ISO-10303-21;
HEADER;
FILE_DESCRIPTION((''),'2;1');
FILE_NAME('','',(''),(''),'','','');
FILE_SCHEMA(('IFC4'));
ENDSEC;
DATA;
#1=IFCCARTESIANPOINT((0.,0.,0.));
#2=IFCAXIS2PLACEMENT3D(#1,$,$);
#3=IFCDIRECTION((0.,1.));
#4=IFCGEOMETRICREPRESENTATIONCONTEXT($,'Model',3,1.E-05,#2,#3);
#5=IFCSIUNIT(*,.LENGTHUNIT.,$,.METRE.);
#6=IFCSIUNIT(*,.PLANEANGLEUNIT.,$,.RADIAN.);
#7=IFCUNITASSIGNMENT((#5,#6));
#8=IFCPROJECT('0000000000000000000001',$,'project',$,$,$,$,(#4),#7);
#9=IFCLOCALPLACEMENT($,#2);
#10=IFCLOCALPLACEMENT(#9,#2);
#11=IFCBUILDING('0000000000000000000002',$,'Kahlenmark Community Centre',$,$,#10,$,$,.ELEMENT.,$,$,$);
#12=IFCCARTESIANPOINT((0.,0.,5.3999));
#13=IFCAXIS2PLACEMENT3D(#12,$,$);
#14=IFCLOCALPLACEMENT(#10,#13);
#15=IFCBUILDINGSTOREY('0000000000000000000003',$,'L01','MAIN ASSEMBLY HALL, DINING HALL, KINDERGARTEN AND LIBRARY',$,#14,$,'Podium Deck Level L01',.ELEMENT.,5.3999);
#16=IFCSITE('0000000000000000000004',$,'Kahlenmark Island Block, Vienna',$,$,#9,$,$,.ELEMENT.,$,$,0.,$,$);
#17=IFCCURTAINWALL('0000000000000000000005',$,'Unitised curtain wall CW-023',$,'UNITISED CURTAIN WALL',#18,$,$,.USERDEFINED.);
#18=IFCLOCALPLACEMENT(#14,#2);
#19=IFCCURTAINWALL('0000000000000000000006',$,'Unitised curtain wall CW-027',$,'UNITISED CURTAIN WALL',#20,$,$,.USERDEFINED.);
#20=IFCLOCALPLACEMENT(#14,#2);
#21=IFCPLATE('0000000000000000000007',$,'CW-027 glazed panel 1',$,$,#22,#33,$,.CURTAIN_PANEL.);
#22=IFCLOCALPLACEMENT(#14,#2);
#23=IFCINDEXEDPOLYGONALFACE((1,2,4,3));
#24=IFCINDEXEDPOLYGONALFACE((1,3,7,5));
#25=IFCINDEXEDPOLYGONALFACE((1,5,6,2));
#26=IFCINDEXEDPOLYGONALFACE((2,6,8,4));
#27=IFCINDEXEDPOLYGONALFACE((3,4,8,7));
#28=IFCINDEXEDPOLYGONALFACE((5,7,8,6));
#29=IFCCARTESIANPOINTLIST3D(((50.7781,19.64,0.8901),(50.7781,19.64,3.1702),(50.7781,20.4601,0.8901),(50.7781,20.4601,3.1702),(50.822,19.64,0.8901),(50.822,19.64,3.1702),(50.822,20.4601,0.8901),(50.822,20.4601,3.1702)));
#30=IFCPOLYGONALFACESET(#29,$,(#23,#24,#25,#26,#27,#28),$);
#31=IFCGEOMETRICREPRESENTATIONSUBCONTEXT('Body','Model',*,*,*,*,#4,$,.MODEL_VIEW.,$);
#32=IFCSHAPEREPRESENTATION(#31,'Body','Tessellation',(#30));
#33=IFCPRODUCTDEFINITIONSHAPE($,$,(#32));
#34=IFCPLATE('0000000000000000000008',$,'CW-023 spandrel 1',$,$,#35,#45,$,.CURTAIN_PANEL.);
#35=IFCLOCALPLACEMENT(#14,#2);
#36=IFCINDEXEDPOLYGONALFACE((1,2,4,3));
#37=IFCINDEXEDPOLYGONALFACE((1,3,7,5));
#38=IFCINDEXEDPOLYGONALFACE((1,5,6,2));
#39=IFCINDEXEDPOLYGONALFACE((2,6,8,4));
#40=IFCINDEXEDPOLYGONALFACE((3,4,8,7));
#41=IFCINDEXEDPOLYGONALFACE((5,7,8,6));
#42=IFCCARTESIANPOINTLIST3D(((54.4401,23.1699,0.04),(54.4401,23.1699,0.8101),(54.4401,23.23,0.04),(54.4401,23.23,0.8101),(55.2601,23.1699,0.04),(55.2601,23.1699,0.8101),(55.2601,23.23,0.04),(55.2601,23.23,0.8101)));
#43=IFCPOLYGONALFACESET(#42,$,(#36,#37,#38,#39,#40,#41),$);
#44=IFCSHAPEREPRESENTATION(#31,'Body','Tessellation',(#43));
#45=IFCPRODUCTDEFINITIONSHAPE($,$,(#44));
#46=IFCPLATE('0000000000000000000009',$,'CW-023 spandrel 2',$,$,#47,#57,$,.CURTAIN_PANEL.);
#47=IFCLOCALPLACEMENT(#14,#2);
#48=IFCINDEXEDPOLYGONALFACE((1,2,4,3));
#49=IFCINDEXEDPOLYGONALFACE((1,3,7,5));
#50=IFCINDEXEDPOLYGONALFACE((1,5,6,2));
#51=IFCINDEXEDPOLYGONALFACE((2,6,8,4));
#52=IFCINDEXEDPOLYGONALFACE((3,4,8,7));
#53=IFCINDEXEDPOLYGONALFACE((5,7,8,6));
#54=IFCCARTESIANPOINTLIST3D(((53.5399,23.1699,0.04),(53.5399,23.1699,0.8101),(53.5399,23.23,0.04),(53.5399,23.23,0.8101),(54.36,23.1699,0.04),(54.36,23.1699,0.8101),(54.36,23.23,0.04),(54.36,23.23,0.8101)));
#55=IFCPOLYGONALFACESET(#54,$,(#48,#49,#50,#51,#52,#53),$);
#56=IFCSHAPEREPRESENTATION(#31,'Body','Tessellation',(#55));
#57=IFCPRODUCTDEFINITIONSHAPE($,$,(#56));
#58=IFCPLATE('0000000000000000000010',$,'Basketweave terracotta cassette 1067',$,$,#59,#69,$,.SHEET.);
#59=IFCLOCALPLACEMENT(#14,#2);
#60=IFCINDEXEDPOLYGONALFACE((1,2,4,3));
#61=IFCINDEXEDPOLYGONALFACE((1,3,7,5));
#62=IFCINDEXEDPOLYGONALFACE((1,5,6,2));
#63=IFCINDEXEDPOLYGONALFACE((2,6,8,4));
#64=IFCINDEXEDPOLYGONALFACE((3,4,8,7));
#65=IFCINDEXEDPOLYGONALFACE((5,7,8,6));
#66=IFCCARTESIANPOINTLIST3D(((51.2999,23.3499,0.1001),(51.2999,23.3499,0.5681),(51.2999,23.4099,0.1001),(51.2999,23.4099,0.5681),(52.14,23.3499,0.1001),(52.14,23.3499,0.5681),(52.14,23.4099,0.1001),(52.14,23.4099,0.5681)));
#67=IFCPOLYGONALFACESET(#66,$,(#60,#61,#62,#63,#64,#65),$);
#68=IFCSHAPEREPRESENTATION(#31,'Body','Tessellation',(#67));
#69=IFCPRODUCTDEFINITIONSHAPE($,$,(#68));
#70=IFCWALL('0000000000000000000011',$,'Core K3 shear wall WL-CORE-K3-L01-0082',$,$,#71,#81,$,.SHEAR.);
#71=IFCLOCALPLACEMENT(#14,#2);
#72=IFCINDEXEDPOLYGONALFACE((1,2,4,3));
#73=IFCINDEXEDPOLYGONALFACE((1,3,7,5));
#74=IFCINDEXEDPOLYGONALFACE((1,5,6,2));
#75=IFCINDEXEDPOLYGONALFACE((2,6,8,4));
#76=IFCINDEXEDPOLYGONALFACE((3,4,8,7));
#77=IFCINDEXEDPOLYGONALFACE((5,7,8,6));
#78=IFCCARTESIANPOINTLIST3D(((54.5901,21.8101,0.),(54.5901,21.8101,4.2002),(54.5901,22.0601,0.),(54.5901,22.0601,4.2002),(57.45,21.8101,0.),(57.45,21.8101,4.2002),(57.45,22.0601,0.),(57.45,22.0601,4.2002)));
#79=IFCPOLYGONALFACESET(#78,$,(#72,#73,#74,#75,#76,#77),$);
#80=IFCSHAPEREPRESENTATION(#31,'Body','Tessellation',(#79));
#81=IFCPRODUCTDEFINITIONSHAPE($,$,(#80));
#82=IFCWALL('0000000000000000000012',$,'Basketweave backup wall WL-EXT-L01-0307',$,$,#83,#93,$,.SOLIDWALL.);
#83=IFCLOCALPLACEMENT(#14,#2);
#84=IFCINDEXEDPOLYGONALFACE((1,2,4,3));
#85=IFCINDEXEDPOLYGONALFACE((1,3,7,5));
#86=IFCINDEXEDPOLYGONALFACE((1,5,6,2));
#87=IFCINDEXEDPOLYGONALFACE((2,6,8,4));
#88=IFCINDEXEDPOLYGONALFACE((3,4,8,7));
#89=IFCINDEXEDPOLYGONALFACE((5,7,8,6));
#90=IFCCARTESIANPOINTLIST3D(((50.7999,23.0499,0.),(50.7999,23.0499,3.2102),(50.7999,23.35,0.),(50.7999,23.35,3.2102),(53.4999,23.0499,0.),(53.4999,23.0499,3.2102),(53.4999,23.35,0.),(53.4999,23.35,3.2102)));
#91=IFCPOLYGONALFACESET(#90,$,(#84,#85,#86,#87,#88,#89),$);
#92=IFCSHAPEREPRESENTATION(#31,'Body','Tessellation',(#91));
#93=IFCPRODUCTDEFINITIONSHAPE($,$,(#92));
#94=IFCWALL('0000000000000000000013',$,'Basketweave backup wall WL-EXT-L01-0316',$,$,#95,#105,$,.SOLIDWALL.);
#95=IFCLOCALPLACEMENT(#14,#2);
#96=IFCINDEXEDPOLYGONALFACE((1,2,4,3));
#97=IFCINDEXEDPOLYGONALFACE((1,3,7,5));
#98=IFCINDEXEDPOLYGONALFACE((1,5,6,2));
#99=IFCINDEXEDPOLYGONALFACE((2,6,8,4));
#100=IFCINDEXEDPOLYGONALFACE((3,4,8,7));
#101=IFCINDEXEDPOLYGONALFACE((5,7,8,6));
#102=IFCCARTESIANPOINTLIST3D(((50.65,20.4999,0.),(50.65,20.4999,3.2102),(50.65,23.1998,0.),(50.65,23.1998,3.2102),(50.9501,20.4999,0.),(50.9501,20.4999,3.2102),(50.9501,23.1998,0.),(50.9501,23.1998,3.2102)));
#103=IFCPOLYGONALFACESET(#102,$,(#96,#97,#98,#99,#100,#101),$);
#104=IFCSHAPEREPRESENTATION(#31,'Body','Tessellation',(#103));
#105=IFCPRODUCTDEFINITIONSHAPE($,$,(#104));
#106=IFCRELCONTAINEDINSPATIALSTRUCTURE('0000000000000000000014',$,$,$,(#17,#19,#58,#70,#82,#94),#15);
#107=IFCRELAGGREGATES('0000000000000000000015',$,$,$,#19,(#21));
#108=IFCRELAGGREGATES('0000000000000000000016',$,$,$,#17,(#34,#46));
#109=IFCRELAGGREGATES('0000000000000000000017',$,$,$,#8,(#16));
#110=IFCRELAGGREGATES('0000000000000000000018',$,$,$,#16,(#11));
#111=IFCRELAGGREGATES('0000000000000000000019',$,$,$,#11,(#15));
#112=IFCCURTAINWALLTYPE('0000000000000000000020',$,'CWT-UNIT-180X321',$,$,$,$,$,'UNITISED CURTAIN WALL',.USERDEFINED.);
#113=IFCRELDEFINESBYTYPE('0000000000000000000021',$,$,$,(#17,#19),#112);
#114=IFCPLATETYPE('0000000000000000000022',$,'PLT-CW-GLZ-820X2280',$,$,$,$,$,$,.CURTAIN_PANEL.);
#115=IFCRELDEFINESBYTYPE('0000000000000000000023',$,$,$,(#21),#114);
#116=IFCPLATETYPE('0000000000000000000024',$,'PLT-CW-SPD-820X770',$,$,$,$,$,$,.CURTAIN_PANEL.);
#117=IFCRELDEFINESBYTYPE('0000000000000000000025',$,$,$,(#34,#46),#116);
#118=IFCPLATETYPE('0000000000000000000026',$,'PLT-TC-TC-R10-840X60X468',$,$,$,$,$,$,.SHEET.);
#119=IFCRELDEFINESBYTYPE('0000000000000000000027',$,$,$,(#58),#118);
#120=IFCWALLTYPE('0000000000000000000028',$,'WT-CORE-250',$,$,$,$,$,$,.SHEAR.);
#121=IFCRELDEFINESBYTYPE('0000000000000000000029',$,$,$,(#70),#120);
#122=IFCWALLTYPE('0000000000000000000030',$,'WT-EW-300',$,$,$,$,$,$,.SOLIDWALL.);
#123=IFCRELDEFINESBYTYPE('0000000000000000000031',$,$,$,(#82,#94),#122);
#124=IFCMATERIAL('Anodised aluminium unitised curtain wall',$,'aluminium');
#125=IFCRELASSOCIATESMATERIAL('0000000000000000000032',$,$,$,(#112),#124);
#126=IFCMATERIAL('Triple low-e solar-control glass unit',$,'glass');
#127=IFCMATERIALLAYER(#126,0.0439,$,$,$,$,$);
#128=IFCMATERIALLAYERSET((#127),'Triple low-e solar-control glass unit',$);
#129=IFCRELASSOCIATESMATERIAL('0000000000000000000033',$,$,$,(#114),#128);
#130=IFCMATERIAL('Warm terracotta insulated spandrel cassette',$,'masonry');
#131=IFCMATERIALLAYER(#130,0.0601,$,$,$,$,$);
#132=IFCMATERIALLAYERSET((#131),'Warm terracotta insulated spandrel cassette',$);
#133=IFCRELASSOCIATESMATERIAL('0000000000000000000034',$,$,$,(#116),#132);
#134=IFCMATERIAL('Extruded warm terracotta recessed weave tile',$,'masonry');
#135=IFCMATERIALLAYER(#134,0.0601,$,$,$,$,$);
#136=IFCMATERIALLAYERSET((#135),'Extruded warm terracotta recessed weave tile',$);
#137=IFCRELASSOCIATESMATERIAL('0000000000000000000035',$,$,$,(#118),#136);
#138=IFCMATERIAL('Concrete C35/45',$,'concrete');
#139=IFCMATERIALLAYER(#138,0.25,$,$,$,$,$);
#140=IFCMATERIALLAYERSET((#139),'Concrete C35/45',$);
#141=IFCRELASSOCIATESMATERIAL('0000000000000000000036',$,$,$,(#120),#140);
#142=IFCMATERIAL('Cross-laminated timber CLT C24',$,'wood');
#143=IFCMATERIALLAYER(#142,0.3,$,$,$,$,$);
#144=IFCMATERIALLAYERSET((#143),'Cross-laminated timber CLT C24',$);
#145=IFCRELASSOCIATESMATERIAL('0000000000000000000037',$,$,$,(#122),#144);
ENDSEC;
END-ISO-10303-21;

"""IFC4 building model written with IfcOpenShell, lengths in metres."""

from ifc_helpers import new_model, si_unit, direction, frame, frame_2d, origin, origin_2d, place, context, subcontext, project, spatial, rectangle, extrude, material, layer, layer_set, type_object, element, aggregate, save


model = new_model("IFC4")

# Units and contexts
model_context = context("Model", 3, precision=1e-05, world=origin(), true_north=direction((0.0, 1.0)))
body_context = subcontext(model_context, "Body", "Model", "MODEL_VIEW")
ifc_project = project(units=[si_unit("LENGTHUNIT", "METRE"), si_unit("PLANEANGLEUNIT", "RADIAN")], contexts=[model_context])

# Site, building, storey
site_placement = place(None, origin())
site = spatial("IfcSite", under=ifc_project, at=site_placement, Name="Kahlenmark Island Block, Vienna", CompositionType="ELEMENT", RefElevation=0.0)
building_placement = place(site_placement, origin())
building = spatial("IfcBuilding", under=site, at=building_placement, Name="Kahlenmark Community Centre", CompositionType="ELEMENT")
storey_placement = place(building_placement, frame((0.0, 0.0, 5.3999)))
storey = spatial("IfcBuildingStorey", under=building, at=storey_placement, Name="L01", Description="MAIN ASSEMBLY HALL, DINING HALL, KINDERGARTEN AND LIBRARY", LongName="Podium Deck Level L01", CompositionType="ELEMENT", Elevation=5.3999)

# Shared definitions
ifc_material_1 = material(Name="Concrete C35/45", Category="concrete")

# Curtain wall
ifc_material_2 = material(Name="Anodised aluminium unitised curtain wall", Category="aluminium")
curtain_wall_type = type_object("IfcCurtainWallType", Name="CWT-UNIT-180X321", ElementType="UNITISED CURTAIN WALL", PredefinedType="USERDEFINED", material=ifc_material_2)
curtain_wall_1_placement = place(storey_placement, origin())
curtain_wall_1 = element("IfcCurtainWall", 1, at=curtain_wall_1_placement, inside=storey, type_object=curtain_wall_type, Name="Unitised curtain wall CW-023", ObjectType="UNITISED CURTAIN WALL", PredefinedType="USERDEFINED")

# Curtain wall
curtain_wall_2_placement = place(storey_placement, origin())
curtain_wall_2 = element("IfcCurtainWall", 2, at=curtain_wall_2_placement, inside=storey, type_object=curtain_wall_type, Name="Unitised curtain wall CW-027", ObjectType="UNITISED CURTAIN WALL", PredefinedType="USERDEFINED")

# Plates
ifc_material_3 = material(Name="Triple low-e solar-control glass unit", Category="glass")
ifc_layer_1 = layer(ifc_material_3, 0.0439)
ifc_layer_set_1 = layer_set([ifc_layer_1], Name="Triple low-e solar-control glass unit")
plate_type_1 = type_object("IfcPlateType", Name="PLT-CW-GLZ-820X2280", PredefinedType="CURTAIN_PANEL", material=ifc_layer_set_1)
plate_1_placement = place(storey_placement, frame((50.8, 20.05, 0.8901), z_axis=(0.0, 0.0, 1.0), x_axis=(0.0, -1.0, 0.0)))
plate_1 = element("IfcPlate", 3, at=plate_1_placement, type_object=plate_type_1, Name="CW-027 glazed panel 1", PredefinedType="CURTAIN_PANEL", context=body_context, shape_type="SweptSolid", body=[
    extrude(rectangle(XDim=0.8201, YDim=0.0439, at=origin_2d()), origin(), (0.0, 0.0, 1.0), 2.28),
])
aggregate(curtain_wall_2, [plate_1])
ifc_material_4 = material(Name="Warm terracotta insulated spandrel cassette", Category="masonry")
ifc_layer_2 = layer(ifc_material_4, 0.0601)
ifc_layer_set_2 = layer_set([ifc_layer_2], Name="Warm terracotta insulated spandrel cassette")
plate_type_2 = type_object("IfcPlateType", Name="PLT-CW-SPD-820X770", PredefinedType="CURTAIN_PANEL", material=ifc_layer_set_2)
plate_2_placement = place(storey_placement, frame((54.8501, 23.2, 0.04), z_axis=(0.0, 0.0, 1.0), x_axis=(-1.0, 0.0, 0.0)))
plate_2 = element("IfcPlate", 4, at=plate_2_placement, type_object=plate_type_2, Name="CW-023 spandrel 1", PredefinedType="CURTAIN_PANEL", context=body_context, shape_type="SweptSolid", body=[
    extrude(rectangle(XDim=0.8201, YDim=0.0601, at=origin_2d()), origin(), (0.0, 0.0, 1.0), 0.77),
])
plate_3_placement = place(storey_placement, frame((53.95, 23.2, 0.04), z_axis=(0.0, 0.0, 1.0), x_axis=(-1.0, 0.0, 0.0)))
plate_3 = element("IfcPlate", 5, at=plate_3_placement, type_object=plate_type_2, Name="CW-023 spandrel 2", PredefinedType="CURTAIN_PANEL", context=body_context, shape_type="SweptSolid", body=[
    extrude(rectangle(XDim=0.8201, YDim=0.0601, at=origin_2d()), origin(), (0.0, 0.0, 1.0), 0.77),
])
aggregate(curtain_wall_1, [plate_2, plate_3])
ifc_material_5 = material(Name="Extruded warm terracotta recessed weave tile", Category="masonry")
ifc_layer_3 = layer(ifc_material_5, 0.0601)
ifc_layer_set_3 = layer_set([ifc_layer_3], Name="Extruded warm terracotta recessed weave tile")
plate_type_3 = type_object("IfcPlateType", Name="PLT-TC-TC-R10-840X60X468", PredefinedType="SHEET", material=ifc_layer_set_3)
plate_4_placement = place(storey_placement, frame((51.72, 23.3799, 0.1001), z_axis=(0.0, 0.0, 1.0), x_axis=(-1.0, 0.0, 0.0)))
element("IfcPlate", 6, at=plate_4_placement, inside=storey, type_object=plate_type_3, Name="Basketweave terracotta cassette 1067", PredefinedType="SHEET", context=body_context, shape_type="SweptSolid", body=[
    extrude(rectangle(XDim=0.8401, YDim=0.0601, at=origin_2d()), origin(), (0.0, 0.0, 1.0), 0.468),
])

# Walls
ifc_layer_4 = layer(ifc_material_1, 0.25)
ifc_layer_set_4 = layer_set([ifc_layer_4], Name="Concrete C35/45")
wall_type_1 = type_object("IfcWallType", Name="WT-CORE-250", PredefinedType="SHEAR", material=ifc_layer_set_4)
wall_placement = place(storey_placement, frame((54.5901, 21.9351, 0.0), z_axis=(0.0, 0.0, 1.0), x_axis=(1.0, 0.0, 0.0)))
element("IfcWall", 7, at=wall_placement, inside=storey, type_object=wall_type_1, Name="Core K3 shear wall WL-CORE-K3-L01-0082", PredefinedType="SHEAR", context=body_context, shape_type="SweptSolid", body=[
    extrude(rectangle(XDim=2.8599, YDim=0.25, at=frame_2d((1.4299, 0.0))), origin(), (0.0, 0.0, 1.0), 4.2002),
])
ifc_material_6 = material(Name="Cross-laminated timber CLT C24", Category="wood")
ifc_layer_5 = layer(ifc_material_6, 0.3)
ifc_layer_set_5 = layer_set([ifc_layer_5], Name="Cross-laminated timber CLT C24")
wall_type_2 = type_object("IfcWallType", Name="WT-EW-300", PredefinedType="SOLIDWALL", material=ifc_layer_set_5)
for number, where, z_axis, x_axis, name in (
    (8, (53.5, 23.2, 0.0), (0.0, 0.0, 1.0), (-1.0, 0.0, 0.0), "Basketweave backup wall WL-EXT-L01-0307"),
    (9, (50.8, 23.2, 0.0), (0.0, 0.0, 1.0), (0.0, -1.0, 0.0), "Basketweave backup wall WL-EXT-L01-0316"),
):
    element("IfcWall", number, at=place(storey_placement, frame(where, z_axis=z_axis, x_axis=x_axis)), inside=storey, type_object=wall_type_2, Name=name, PredefinedType="SOLIDWALL", context=body_context, shape_type="SweptSolid", body=[
        extrude(rectangle(XDim=2.7, YDim=0.3, at=frame_2d((1.3501, 0.0))), origin(), (0.0, 0.0, 1.0), 3.2102),
    ])

save(model, "model.ifc")
